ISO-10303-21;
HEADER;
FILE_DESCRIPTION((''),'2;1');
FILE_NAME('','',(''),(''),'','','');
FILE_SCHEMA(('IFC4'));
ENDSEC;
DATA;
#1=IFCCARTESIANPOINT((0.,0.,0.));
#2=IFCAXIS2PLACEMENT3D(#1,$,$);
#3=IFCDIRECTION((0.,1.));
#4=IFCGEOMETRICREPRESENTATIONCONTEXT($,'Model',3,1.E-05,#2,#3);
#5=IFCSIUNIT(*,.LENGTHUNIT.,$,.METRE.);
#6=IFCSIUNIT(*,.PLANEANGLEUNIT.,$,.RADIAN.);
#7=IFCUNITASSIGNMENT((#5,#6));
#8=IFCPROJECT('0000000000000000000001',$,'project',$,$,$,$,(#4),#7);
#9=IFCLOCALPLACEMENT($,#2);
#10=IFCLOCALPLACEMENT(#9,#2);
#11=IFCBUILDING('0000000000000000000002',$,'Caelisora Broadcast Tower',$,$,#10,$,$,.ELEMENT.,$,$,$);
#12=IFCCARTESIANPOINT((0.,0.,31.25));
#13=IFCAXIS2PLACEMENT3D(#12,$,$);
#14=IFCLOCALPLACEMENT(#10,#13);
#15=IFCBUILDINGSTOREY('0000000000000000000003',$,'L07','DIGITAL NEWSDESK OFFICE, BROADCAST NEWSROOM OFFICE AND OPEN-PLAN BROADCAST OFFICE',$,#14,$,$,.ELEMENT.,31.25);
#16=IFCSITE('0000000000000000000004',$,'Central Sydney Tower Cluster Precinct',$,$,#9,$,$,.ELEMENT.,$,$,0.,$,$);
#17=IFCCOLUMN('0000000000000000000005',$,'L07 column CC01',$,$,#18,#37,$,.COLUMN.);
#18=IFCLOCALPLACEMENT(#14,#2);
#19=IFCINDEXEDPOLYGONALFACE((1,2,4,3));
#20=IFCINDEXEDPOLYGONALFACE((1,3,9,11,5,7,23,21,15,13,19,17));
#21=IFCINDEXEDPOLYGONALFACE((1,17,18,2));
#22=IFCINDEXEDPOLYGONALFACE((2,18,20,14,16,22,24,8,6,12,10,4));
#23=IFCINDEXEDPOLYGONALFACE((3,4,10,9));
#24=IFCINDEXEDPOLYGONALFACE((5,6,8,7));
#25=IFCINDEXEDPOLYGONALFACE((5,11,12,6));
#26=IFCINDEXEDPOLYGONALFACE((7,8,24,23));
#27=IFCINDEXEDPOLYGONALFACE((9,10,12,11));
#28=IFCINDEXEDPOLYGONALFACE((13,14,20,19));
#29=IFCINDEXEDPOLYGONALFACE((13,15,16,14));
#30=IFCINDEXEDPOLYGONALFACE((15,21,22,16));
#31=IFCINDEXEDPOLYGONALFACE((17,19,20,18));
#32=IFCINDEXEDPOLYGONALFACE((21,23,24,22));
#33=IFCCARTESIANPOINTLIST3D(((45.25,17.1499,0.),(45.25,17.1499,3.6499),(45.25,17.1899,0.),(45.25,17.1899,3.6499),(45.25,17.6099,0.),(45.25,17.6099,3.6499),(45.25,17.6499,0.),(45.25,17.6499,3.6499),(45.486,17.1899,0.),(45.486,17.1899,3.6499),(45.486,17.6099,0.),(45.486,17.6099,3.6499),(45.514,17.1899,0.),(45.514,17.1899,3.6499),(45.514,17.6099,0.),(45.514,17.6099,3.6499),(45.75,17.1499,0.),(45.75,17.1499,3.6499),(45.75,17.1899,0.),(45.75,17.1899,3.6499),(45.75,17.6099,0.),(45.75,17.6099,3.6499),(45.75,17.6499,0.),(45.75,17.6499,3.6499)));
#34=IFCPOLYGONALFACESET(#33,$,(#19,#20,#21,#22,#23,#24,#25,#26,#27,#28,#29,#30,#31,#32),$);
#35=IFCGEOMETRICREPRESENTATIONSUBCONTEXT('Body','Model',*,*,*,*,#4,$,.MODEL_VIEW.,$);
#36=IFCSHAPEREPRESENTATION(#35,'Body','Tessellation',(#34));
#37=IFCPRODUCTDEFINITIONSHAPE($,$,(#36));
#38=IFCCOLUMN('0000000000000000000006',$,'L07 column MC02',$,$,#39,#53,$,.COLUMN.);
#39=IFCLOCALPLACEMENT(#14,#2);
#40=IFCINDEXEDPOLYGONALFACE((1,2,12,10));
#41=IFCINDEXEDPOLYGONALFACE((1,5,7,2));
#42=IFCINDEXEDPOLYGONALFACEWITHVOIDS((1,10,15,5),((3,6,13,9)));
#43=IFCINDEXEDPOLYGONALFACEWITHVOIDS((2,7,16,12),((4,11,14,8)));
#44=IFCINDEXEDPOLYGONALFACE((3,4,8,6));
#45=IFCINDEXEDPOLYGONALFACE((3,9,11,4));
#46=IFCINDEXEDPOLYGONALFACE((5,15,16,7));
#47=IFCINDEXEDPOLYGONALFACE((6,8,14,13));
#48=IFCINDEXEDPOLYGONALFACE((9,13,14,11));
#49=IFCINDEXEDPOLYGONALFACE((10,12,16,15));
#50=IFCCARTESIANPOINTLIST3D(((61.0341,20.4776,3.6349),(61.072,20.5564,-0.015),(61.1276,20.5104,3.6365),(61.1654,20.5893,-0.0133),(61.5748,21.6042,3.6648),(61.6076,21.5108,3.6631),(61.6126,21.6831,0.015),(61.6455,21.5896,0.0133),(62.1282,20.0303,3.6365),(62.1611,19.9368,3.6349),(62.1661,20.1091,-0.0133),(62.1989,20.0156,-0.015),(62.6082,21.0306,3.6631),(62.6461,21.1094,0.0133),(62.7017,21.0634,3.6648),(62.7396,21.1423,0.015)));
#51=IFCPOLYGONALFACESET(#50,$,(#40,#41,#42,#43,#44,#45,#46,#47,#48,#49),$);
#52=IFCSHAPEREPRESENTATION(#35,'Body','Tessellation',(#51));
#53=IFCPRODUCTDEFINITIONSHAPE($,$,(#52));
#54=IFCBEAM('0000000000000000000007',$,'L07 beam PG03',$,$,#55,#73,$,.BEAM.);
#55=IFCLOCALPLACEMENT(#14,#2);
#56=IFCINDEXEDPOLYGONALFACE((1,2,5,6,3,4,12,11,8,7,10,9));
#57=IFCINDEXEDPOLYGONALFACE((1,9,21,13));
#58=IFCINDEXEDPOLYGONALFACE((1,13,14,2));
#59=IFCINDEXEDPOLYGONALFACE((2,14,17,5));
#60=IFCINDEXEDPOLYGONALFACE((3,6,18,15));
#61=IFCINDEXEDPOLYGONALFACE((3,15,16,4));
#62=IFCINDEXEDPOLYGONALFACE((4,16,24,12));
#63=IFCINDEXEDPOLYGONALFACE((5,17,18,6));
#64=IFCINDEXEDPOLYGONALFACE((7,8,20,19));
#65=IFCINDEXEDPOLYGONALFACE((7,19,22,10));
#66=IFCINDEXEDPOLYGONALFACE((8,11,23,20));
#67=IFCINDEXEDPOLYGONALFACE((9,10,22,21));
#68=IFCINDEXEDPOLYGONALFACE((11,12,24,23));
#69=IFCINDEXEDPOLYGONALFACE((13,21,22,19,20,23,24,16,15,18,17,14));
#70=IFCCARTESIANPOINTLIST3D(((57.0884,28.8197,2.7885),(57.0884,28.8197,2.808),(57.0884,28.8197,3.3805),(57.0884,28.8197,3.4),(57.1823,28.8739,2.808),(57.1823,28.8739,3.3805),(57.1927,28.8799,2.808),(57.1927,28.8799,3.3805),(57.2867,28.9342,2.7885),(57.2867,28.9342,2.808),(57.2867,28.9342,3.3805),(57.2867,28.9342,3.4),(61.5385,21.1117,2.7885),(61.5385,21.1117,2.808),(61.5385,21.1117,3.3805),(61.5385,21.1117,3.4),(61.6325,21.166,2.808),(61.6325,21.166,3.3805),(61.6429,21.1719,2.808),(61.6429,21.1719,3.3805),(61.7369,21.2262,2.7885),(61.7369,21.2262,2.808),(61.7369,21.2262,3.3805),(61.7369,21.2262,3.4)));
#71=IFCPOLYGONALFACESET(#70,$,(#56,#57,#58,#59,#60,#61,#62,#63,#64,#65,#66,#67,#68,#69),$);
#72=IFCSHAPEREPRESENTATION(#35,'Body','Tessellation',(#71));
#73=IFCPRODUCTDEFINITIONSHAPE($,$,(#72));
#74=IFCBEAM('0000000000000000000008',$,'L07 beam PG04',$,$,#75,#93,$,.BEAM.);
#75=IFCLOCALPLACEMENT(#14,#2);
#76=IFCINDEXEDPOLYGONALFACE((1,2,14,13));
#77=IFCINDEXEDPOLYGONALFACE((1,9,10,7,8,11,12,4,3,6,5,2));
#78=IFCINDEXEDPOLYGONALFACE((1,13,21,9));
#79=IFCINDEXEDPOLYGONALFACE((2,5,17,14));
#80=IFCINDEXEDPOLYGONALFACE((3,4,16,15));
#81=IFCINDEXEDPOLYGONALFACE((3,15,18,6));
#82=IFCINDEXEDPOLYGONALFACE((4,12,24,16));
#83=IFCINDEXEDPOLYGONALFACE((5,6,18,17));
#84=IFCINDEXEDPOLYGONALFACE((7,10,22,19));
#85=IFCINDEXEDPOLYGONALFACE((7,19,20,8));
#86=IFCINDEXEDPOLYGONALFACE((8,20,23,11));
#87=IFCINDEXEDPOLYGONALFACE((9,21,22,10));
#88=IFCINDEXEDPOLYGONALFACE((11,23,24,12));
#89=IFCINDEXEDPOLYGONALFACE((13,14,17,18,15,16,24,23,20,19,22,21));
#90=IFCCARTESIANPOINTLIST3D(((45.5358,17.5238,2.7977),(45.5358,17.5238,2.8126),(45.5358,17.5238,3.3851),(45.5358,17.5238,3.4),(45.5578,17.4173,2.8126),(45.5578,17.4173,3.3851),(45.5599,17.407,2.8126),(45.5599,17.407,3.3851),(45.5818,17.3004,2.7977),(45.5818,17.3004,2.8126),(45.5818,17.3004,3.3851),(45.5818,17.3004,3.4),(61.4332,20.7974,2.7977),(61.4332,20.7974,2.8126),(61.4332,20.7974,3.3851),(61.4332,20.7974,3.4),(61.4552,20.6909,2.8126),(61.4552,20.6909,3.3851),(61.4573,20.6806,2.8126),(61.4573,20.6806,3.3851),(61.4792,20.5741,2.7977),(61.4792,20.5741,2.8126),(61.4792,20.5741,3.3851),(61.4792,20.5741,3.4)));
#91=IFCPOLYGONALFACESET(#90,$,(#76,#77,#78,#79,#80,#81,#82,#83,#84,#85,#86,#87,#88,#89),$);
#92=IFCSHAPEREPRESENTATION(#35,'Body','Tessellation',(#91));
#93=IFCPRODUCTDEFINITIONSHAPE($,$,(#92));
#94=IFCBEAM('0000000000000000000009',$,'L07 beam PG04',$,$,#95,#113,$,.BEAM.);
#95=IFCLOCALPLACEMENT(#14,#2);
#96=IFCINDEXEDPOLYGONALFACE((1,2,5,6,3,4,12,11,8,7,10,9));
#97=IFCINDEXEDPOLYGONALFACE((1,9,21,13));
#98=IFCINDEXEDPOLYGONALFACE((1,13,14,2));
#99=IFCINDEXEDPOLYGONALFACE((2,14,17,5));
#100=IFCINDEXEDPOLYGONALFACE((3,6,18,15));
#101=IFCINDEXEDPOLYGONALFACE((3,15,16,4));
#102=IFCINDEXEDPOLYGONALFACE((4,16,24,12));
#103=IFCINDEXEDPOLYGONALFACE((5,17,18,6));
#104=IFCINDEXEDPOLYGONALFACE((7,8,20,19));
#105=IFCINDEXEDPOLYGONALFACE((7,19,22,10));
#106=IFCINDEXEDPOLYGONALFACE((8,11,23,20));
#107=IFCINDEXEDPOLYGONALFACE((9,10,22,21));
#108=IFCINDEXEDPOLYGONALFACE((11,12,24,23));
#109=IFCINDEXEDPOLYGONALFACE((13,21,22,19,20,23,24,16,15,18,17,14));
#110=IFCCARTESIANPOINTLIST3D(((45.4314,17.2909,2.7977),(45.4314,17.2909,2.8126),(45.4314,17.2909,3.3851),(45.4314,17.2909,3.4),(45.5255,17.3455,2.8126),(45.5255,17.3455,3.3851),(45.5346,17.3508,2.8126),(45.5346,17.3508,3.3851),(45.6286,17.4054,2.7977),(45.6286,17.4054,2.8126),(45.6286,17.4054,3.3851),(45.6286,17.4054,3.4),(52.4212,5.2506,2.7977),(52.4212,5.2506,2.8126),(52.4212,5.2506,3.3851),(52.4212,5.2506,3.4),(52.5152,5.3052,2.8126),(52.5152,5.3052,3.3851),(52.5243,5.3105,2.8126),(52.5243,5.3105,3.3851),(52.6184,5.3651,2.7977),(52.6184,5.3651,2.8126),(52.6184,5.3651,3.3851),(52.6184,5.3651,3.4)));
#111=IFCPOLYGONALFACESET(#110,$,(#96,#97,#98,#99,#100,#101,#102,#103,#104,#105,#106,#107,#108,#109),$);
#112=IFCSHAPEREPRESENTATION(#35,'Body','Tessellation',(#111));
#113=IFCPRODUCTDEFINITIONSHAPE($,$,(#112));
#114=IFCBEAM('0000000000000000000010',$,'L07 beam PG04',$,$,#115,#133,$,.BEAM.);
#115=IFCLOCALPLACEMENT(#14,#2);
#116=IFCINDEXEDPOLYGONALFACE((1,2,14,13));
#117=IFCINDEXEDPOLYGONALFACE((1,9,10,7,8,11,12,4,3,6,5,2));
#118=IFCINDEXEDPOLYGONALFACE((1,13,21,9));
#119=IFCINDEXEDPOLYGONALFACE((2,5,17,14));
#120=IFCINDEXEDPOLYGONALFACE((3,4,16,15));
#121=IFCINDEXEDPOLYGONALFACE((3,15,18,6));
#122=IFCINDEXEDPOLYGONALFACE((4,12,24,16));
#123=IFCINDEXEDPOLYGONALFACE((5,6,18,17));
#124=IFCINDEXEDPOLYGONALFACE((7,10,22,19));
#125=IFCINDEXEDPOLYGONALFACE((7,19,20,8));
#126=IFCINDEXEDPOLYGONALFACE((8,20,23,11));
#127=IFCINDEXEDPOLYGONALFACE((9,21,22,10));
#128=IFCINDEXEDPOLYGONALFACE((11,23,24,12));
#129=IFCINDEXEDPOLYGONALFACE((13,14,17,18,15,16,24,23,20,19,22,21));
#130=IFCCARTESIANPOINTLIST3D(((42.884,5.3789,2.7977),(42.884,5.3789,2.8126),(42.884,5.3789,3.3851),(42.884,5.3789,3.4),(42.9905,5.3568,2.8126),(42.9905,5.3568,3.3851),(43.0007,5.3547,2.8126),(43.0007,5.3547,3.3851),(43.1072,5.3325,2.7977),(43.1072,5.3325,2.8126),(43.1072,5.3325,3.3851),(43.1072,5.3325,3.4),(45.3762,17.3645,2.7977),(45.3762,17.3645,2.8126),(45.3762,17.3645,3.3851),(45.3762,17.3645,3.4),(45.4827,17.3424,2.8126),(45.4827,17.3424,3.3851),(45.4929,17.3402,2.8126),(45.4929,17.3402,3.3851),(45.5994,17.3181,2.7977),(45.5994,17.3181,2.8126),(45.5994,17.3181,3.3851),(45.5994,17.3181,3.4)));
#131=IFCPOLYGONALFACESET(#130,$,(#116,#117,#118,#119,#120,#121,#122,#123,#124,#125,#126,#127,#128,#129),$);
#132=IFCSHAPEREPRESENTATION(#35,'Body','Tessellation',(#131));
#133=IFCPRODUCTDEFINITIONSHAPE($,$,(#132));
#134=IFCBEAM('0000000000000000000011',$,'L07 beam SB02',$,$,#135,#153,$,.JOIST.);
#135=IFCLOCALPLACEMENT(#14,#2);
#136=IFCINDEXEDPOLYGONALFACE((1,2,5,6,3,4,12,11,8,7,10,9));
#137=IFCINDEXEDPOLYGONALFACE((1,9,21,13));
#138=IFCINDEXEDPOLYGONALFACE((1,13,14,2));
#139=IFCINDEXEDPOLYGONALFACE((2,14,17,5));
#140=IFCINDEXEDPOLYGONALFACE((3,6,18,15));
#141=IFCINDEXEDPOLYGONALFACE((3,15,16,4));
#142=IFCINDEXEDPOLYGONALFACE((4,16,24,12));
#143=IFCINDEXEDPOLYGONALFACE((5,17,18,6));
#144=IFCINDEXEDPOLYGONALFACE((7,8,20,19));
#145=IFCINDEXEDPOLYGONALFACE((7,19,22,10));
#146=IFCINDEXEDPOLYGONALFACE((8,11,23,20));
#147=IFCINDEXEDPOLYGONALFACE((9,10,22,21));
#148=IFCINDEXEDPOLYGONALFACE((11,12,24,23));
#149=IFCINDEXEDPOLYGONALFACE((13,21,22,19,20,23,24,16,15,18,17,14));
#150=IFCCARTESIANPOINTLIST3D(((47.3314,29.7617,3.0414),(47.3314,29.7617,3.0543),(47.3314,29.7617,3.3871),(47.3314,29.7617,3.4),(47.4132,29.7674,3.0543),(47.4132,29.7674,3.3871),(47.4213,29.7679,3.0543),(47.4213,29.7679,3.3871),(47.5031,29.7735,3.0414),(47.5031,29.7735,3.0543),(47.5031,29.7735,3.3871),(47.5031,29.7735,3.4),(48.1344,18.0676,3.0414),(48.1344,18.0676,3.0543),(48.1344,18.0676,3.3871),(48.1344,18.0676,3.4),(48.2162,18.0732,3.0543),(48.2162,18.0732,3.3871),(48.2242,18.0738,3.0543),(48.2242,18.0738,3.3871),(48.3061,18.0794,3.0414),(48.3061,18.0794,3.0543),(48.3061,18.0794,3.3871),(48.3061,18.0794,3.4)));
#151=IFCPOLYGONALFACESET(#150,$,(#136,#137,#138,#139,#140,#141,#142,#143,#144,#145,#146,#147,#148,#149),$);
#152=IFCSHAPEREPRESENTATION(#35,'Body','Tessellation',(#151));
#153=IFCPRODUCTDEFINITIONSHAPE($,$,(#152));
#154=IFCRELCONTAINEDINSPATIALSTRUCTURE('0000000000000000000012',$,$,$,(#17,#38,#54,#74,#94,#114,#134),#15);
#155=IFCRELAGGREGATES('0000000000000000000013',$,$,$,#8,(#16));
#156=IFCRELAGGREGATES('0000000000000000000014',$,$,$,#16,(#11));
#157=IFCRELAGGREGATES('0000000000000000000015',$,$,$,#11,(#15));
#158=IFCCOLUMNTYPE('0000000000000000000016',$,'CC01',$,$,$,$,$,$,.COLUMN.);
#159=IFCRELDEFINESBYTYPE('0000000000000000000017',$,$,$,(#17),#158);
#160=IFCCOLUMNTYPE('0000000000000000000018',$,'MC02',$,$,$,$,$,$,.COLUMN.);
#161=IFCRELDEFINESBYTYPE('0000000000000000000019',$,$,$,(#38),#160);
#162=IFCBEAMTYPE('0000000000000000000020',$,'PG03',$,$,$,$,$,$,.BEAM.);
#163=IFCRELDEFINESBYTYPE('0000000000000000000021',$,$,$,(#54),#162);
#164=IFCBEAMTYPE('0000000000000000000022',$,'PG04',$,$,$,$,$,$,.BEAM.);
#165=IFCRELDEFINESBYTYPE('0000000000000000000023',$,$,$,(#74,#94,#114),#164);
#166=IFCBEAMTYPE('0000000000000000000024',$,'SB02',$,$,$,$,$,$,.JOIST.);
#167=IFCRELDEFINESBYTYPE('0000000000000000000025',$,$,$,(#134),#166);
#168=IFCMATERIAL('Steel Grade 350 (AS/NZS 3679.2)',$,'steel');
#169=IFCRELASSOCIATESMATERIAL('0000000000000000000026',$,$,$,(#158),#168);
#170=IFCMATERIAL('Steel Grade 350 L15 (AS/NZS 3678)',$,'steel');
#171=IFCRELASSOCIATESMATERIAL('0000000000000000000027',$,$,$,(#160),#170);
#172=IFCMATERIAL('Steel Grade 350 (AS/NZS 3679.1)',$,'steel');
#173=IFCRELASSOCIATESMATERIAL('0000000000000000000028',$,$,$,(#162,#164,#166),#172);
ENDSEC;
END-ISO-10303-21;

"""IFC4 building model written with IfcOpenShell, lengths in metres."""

from ifc_helpers import new_model, si_unit, direction, frame, origin, origin_2d, place, context, subcontext, project, spatial, hollow_rectangle, i_section, extrude, source, transform, mapped, material, material_profile, profile_set, type_object, type_shapes, element, save


model = new_model("IFC4")

# Units and contexts
model_context = context("Model", 3, precision=1e-05, world=origin(), true_north=direction((0.0, 1.0)))
body_context = subcontext(model_context, "Body", "Model", "MODEL_VIEW")
ifc_project = project(units=[si_unit("LENGTHUNIT", "METRE"), si_unit("PLANEANGLEUNIT", "RADIAN")], contexts=[model_context])

# Site, building, storey
site_placement = place(None, origin())
site = spatial("IfcSite", under=ifc_project, at=site_placement, Name="Central Sydney Tower Cluster Precinct", CompositionType="ELEMENT", RefElevation=0.0)
building_placement = place(site_placement, origin())
building = spatial("IfcBuilding", under=site, at=building_placement, Name="Caelisora Broadcast Tower", CompositionType="ELEMENT")
storey_placement = place(building_placement, frame((0.0, 0.0, 31.25)))
storey = spatial("IfcBuildingStorey", under=building, at=storey_placement, Name="L07", Description="DIGITAL NEWSDESK OFFICE, BROADCAST NEWSROOM OFFICE AND OPEN-PLAN BROADCAST OFFICE", CompositionType="ELEMENT", Elevation=31.25)

# Columns
ifc_material_1 = material(Name="Steel Grade 350 (AS/NZS 3679.2)", Category="steel")
ifc_material_profile_1 = material_profile(ifc_material_1, i_section(OverallWidth=0.5, OverallDepth=0.5, WebThickness=0.0281, FlangeThickness=0.04, at=origin_2d()), Name="Steel Grade 350 (AS/NZS 3679.2)")
ifc_profile_set_1 = profile_set([ifc_material_profile_1], Name="Steel Grade 350 (AS/NZS 3679.2)")
column_type_1 = type_object("IfcColumnType", Name="CC01", PredefinedType="COLUMN", material=ifc_profile_set_1)
shared_shape_1 = source(origin(), body_context, "Body", "SweptSolid", [
    extrude(i_section(OverallWidth=0.5, OverallDepth=0.5, WebThickness=0.0281, FlangeThickness=0.04, at=origin_2d()), origin(), (0.0, 0.0, 1.0), 3.6499),
])
type_shapes(column_type_1, [shared_shape_1])
column_1_placement = place(storey_placement, frame((45.5, 17.3999, 0.0), z_axis=(0.0, 0.0, 1.0), x_axis=(1.0, 0.0, 0.0)))
element("IfcColumn", 1, at=column_1_placement, inside=storey, type_object=column_type_1, Name="L07 column CC01", PredefinedType="COLUMN", context=body_context, shape_type="MappedRepresentation", body=[
    mapped(shared_shape_1, transform((0.0, 0.0, 0.0), scale=1.0)),
])
ifc_material_2 = material(Name="Steel Grade 350 L15 (AS/NZS 3678)", Category="steel")
ifc_material_profile_2 = material_profile(ifc_material_2, hollow_rectangle(XDim=1.25, YDim=1.25, WallThickness=0.0701, at=origin_2d()), Name="Steel Grade 350 L15 (AS/NZS 3678)")
ifc_profile_set_2 = profile_set([ifc_material_profile_2], Name="Steel Grade 350 L15 (AS/NZS 3678)")
column_type_2 = type_object("IfcColumnType", Name="MC02", PredefinedType="COLUMN", material=ifc_profile_set_2)
shared_shape_2 = source(origin(), body_context, "Body", "SweptSolid", [
    extrude(hollow_rectangle(XDim=1.25, YDim=1.25, WallThickness=0.0701, at=origin_2d()), origin(), (0.0, 0.0, 1.0), 3.6509),
])
type_shapes(column_type_2, [shared_shape_2])
column_2_placement = place(storey_placement, frame((61.9058, 20.8494, 0.0), z_axis=(-0.010365, -0.021599, 0.999713), x_axis=(0.901567, -0.43264, 0.0)))
element("IfcColumn", 2, at=column_2_placement, inside=storey, type_object=column_type_2, Name="L07 column MC02", PredefinedType="COLUMN", context=body_context, shape_type="MappedRepresentation", body=[
    mapped(shared_shape_2, transform((0.0, 0.0, 0.0), scale=1.0)),
])

# Beams
ifc_material_3 = material(Name="Steel Grade 350 (AS/NZS 3679.1)", Category="steel")
ifc_material_profile_3 = material_profile(ifc_material_3, i_section(OverallWidth=0.229, OverallDepth=0.6116, WebThickness=0.012, FlangeThickness=0.0195, at=origin_2d()), Name="Steel Grade 350 (AS/NZS 3679.1)")
ifc_profile_set_3 = profile_set([ifc_material_profile_3], Name="Steel Grade 350 (AS/NZS 3679.1)")
beam_type_1 = type_object("IfcBeamType", Name="PG03", PredefinedType="BEAM", material=ifc_profile_set_3)
shared_shape_3 = source(origin(), body_context, "Body", "SweptSolid", [
    extrude(i_section(OverallWidth=0.229, OverallDepth=0.6116, WebThickness=0.012, FlangeThickness=0.0195, at=origin_2d()), origin(), (0.0, 0.0, 1.0), 8.9004),
])
type_shapes(beam_type_1, [shared_shape_3])
beam_1_placement = place(storey_placement, frame((61.6377, 21.1689, 3.0942), z_axis=(-0.499998, 0.866027, 0.0), x_axis=(-0.866027, -0.499998, 0.0)))
element("IfcBeam", 3, at=beam_1_placement, inside=storey, type_object=beam_type_1, Name="L07 beam PG03", PredefinedType="BEAM", context=body_context, shape_type="MappedRepresentation", body=[
    mapped(shared_shape_3, transform((0.0, 0.0, 0.0), scale=1.0)),
])
ifc_material_profile_4 = material_profile(ifc_material_3, i_section(OverallWidth=0.228, OverallDepth=0.6023, WebThickness=0.0105, FlangeThickness=0.0149, at=origin_2d()), Name="Steel Grade 350 (AS/NZS 3679.1)")
ifc_profile_set_4 = profile_set([ifc_material_profile_4], Name="Steel Grade 350 (AS/NZS 3679.1)")
beam_type_2 = type_object("IfcBeamType", Name="PG04", PredefinedType="BEAM", material=ifc_profile_set_4)
shared_shape_4 = source(origin(), body_context, "Body", "SweptSolid", [
    extrude(i_section(OverallWidth=0.228, OverallDepth=0.6023, WebThickness=0.0105, FlangeThickness=0.0149, at=origin_2d()), origin(), (0.0, 0.0, 1.0), 16.231),
])
beam_2_placement = place(storey_placement, frame((45.5588, 17.4121, 3.0989), z_axis=(0.979449, 0.201693, 0.0), x_axis=(-0.201693, 0.979449, 0.0)))
element("IfcBeam", 4, at=beam_2_placement, inside=storey, type_object=beam_type_2, Name="L07 beam PG04", PredefinedType="BEAM", context=body_context, shape_type="MappedRepresentation", body=[
    mapped(shared_shape_4, transform((0.0, 0.0, 0.0), scale=1.0)),
])
shared_shape_5 = source(origin(), body_context, "Body", "SweptSolid", [
    extrude(i_section(OverallWidth=0.228, OverallDepth=0.6023, WebThickness=0.0105, FlangeThickness=0.0149, at=origin_2d()), origin(), (0.0, 0.0, 1.0), 13.9221),
])
beam_3_placement = place(storey_placement, frame((45.53, 17.3481, 3.0989), z_axis=(0.502061, -0.864832, 0.0), x_axis=(0.864832, 0.502061, 0.0)))
element("IfcBeam", 5, at=beam_3_placement, inside=storey, type_object=beam_type_2, Name="L07 beam PG04", PredefinedType="BEAM", context=body_context, shape_type="MappedRepresentation", body=[
    mapped(shared_shape_5, transform((0.0, 0.0, 0.0), scale=1.0)),
])
shared_shape_6 = source(origin(), body_context, "Body", "SweptSolid", [
    extrude(i_section(OverallWidth=0.228, OverallDepth=0.6023, WebThickness=0.0105, FlangeThickness=0.0149, at=origin_2d()), origin(), (0.0, 0.0, 1.0), 12.2419),
])
type_shapes(beam_type_2, [shared_shape_4, shared_shape_5, shared_shape_6])
beam_4_placement = place(storey_placement, frame((45.4878, 17.3413, 3.0989), z_axis=(-0.203578, -0.979059, 0.0), x_axis=(0.979059, -0.203578, 0.0)))
element("IfcBeam", 6, at=beam_4_placement, inside=storey, type_object=beam_type_2, Name="L07 beam PG04", PredefinedType="BEAM", context=body_context, shape_type="MappedRepresentation", body=[
    mapped(shared_shape_6, transform((0.0, 0.0, 0.0), scale=1.0)),
])
ifc_material_profile_5 = material_profile(ifc_material_3, i_section(OverallWidth=0.1721, OverallDepth=0.3586, WebThickness=0.0081, FlangeThickness=0.0129, at=origin_2d()), Name="Steel Grade 350 (AS/NZS 3679.1)")
ifc_profile_set_5 = profile_set([ifc_material_profile_5], Name="Steel Grade 350 (AS/NZS 3679.1)")
beam_type_3 = type_object("IfcBeamType", Name="SB02", PredefinedType="JOIST", material=ifc_profile_set_5)
shared_shape_7 = source(origin(), body_context, "Body", "SweptSolid", [
    extrude(i_section(OverallWidth=0.1721, OverallDepth=0.3586, WebThickness=0.0081, FlangeThickness=0.0129, at=origin_2d()), origin(), (0.0, 0.0, 1.0), 11.7217),
])
beam_5_placement = place(storey_placement, frame((48.2202, 18.0735, 3.2207), z_axis=(-0.068504, 0.997651, 0.0), x_axis=(-0.997651, -0.068504, 0.0)))
element("IfcBeam", 7, at=beam_5_placement, inside=storey, type_object=beam_type_3, Name="L07 beam SB02", PredefinedType="JOIST", context=body_context, shape_type="MappedRepresentation", body=[
    mapped(shared_shape_7, transform((0.0, 0.0, 0.0), scale=1.0)),
])

save(model, "model.ifc")
